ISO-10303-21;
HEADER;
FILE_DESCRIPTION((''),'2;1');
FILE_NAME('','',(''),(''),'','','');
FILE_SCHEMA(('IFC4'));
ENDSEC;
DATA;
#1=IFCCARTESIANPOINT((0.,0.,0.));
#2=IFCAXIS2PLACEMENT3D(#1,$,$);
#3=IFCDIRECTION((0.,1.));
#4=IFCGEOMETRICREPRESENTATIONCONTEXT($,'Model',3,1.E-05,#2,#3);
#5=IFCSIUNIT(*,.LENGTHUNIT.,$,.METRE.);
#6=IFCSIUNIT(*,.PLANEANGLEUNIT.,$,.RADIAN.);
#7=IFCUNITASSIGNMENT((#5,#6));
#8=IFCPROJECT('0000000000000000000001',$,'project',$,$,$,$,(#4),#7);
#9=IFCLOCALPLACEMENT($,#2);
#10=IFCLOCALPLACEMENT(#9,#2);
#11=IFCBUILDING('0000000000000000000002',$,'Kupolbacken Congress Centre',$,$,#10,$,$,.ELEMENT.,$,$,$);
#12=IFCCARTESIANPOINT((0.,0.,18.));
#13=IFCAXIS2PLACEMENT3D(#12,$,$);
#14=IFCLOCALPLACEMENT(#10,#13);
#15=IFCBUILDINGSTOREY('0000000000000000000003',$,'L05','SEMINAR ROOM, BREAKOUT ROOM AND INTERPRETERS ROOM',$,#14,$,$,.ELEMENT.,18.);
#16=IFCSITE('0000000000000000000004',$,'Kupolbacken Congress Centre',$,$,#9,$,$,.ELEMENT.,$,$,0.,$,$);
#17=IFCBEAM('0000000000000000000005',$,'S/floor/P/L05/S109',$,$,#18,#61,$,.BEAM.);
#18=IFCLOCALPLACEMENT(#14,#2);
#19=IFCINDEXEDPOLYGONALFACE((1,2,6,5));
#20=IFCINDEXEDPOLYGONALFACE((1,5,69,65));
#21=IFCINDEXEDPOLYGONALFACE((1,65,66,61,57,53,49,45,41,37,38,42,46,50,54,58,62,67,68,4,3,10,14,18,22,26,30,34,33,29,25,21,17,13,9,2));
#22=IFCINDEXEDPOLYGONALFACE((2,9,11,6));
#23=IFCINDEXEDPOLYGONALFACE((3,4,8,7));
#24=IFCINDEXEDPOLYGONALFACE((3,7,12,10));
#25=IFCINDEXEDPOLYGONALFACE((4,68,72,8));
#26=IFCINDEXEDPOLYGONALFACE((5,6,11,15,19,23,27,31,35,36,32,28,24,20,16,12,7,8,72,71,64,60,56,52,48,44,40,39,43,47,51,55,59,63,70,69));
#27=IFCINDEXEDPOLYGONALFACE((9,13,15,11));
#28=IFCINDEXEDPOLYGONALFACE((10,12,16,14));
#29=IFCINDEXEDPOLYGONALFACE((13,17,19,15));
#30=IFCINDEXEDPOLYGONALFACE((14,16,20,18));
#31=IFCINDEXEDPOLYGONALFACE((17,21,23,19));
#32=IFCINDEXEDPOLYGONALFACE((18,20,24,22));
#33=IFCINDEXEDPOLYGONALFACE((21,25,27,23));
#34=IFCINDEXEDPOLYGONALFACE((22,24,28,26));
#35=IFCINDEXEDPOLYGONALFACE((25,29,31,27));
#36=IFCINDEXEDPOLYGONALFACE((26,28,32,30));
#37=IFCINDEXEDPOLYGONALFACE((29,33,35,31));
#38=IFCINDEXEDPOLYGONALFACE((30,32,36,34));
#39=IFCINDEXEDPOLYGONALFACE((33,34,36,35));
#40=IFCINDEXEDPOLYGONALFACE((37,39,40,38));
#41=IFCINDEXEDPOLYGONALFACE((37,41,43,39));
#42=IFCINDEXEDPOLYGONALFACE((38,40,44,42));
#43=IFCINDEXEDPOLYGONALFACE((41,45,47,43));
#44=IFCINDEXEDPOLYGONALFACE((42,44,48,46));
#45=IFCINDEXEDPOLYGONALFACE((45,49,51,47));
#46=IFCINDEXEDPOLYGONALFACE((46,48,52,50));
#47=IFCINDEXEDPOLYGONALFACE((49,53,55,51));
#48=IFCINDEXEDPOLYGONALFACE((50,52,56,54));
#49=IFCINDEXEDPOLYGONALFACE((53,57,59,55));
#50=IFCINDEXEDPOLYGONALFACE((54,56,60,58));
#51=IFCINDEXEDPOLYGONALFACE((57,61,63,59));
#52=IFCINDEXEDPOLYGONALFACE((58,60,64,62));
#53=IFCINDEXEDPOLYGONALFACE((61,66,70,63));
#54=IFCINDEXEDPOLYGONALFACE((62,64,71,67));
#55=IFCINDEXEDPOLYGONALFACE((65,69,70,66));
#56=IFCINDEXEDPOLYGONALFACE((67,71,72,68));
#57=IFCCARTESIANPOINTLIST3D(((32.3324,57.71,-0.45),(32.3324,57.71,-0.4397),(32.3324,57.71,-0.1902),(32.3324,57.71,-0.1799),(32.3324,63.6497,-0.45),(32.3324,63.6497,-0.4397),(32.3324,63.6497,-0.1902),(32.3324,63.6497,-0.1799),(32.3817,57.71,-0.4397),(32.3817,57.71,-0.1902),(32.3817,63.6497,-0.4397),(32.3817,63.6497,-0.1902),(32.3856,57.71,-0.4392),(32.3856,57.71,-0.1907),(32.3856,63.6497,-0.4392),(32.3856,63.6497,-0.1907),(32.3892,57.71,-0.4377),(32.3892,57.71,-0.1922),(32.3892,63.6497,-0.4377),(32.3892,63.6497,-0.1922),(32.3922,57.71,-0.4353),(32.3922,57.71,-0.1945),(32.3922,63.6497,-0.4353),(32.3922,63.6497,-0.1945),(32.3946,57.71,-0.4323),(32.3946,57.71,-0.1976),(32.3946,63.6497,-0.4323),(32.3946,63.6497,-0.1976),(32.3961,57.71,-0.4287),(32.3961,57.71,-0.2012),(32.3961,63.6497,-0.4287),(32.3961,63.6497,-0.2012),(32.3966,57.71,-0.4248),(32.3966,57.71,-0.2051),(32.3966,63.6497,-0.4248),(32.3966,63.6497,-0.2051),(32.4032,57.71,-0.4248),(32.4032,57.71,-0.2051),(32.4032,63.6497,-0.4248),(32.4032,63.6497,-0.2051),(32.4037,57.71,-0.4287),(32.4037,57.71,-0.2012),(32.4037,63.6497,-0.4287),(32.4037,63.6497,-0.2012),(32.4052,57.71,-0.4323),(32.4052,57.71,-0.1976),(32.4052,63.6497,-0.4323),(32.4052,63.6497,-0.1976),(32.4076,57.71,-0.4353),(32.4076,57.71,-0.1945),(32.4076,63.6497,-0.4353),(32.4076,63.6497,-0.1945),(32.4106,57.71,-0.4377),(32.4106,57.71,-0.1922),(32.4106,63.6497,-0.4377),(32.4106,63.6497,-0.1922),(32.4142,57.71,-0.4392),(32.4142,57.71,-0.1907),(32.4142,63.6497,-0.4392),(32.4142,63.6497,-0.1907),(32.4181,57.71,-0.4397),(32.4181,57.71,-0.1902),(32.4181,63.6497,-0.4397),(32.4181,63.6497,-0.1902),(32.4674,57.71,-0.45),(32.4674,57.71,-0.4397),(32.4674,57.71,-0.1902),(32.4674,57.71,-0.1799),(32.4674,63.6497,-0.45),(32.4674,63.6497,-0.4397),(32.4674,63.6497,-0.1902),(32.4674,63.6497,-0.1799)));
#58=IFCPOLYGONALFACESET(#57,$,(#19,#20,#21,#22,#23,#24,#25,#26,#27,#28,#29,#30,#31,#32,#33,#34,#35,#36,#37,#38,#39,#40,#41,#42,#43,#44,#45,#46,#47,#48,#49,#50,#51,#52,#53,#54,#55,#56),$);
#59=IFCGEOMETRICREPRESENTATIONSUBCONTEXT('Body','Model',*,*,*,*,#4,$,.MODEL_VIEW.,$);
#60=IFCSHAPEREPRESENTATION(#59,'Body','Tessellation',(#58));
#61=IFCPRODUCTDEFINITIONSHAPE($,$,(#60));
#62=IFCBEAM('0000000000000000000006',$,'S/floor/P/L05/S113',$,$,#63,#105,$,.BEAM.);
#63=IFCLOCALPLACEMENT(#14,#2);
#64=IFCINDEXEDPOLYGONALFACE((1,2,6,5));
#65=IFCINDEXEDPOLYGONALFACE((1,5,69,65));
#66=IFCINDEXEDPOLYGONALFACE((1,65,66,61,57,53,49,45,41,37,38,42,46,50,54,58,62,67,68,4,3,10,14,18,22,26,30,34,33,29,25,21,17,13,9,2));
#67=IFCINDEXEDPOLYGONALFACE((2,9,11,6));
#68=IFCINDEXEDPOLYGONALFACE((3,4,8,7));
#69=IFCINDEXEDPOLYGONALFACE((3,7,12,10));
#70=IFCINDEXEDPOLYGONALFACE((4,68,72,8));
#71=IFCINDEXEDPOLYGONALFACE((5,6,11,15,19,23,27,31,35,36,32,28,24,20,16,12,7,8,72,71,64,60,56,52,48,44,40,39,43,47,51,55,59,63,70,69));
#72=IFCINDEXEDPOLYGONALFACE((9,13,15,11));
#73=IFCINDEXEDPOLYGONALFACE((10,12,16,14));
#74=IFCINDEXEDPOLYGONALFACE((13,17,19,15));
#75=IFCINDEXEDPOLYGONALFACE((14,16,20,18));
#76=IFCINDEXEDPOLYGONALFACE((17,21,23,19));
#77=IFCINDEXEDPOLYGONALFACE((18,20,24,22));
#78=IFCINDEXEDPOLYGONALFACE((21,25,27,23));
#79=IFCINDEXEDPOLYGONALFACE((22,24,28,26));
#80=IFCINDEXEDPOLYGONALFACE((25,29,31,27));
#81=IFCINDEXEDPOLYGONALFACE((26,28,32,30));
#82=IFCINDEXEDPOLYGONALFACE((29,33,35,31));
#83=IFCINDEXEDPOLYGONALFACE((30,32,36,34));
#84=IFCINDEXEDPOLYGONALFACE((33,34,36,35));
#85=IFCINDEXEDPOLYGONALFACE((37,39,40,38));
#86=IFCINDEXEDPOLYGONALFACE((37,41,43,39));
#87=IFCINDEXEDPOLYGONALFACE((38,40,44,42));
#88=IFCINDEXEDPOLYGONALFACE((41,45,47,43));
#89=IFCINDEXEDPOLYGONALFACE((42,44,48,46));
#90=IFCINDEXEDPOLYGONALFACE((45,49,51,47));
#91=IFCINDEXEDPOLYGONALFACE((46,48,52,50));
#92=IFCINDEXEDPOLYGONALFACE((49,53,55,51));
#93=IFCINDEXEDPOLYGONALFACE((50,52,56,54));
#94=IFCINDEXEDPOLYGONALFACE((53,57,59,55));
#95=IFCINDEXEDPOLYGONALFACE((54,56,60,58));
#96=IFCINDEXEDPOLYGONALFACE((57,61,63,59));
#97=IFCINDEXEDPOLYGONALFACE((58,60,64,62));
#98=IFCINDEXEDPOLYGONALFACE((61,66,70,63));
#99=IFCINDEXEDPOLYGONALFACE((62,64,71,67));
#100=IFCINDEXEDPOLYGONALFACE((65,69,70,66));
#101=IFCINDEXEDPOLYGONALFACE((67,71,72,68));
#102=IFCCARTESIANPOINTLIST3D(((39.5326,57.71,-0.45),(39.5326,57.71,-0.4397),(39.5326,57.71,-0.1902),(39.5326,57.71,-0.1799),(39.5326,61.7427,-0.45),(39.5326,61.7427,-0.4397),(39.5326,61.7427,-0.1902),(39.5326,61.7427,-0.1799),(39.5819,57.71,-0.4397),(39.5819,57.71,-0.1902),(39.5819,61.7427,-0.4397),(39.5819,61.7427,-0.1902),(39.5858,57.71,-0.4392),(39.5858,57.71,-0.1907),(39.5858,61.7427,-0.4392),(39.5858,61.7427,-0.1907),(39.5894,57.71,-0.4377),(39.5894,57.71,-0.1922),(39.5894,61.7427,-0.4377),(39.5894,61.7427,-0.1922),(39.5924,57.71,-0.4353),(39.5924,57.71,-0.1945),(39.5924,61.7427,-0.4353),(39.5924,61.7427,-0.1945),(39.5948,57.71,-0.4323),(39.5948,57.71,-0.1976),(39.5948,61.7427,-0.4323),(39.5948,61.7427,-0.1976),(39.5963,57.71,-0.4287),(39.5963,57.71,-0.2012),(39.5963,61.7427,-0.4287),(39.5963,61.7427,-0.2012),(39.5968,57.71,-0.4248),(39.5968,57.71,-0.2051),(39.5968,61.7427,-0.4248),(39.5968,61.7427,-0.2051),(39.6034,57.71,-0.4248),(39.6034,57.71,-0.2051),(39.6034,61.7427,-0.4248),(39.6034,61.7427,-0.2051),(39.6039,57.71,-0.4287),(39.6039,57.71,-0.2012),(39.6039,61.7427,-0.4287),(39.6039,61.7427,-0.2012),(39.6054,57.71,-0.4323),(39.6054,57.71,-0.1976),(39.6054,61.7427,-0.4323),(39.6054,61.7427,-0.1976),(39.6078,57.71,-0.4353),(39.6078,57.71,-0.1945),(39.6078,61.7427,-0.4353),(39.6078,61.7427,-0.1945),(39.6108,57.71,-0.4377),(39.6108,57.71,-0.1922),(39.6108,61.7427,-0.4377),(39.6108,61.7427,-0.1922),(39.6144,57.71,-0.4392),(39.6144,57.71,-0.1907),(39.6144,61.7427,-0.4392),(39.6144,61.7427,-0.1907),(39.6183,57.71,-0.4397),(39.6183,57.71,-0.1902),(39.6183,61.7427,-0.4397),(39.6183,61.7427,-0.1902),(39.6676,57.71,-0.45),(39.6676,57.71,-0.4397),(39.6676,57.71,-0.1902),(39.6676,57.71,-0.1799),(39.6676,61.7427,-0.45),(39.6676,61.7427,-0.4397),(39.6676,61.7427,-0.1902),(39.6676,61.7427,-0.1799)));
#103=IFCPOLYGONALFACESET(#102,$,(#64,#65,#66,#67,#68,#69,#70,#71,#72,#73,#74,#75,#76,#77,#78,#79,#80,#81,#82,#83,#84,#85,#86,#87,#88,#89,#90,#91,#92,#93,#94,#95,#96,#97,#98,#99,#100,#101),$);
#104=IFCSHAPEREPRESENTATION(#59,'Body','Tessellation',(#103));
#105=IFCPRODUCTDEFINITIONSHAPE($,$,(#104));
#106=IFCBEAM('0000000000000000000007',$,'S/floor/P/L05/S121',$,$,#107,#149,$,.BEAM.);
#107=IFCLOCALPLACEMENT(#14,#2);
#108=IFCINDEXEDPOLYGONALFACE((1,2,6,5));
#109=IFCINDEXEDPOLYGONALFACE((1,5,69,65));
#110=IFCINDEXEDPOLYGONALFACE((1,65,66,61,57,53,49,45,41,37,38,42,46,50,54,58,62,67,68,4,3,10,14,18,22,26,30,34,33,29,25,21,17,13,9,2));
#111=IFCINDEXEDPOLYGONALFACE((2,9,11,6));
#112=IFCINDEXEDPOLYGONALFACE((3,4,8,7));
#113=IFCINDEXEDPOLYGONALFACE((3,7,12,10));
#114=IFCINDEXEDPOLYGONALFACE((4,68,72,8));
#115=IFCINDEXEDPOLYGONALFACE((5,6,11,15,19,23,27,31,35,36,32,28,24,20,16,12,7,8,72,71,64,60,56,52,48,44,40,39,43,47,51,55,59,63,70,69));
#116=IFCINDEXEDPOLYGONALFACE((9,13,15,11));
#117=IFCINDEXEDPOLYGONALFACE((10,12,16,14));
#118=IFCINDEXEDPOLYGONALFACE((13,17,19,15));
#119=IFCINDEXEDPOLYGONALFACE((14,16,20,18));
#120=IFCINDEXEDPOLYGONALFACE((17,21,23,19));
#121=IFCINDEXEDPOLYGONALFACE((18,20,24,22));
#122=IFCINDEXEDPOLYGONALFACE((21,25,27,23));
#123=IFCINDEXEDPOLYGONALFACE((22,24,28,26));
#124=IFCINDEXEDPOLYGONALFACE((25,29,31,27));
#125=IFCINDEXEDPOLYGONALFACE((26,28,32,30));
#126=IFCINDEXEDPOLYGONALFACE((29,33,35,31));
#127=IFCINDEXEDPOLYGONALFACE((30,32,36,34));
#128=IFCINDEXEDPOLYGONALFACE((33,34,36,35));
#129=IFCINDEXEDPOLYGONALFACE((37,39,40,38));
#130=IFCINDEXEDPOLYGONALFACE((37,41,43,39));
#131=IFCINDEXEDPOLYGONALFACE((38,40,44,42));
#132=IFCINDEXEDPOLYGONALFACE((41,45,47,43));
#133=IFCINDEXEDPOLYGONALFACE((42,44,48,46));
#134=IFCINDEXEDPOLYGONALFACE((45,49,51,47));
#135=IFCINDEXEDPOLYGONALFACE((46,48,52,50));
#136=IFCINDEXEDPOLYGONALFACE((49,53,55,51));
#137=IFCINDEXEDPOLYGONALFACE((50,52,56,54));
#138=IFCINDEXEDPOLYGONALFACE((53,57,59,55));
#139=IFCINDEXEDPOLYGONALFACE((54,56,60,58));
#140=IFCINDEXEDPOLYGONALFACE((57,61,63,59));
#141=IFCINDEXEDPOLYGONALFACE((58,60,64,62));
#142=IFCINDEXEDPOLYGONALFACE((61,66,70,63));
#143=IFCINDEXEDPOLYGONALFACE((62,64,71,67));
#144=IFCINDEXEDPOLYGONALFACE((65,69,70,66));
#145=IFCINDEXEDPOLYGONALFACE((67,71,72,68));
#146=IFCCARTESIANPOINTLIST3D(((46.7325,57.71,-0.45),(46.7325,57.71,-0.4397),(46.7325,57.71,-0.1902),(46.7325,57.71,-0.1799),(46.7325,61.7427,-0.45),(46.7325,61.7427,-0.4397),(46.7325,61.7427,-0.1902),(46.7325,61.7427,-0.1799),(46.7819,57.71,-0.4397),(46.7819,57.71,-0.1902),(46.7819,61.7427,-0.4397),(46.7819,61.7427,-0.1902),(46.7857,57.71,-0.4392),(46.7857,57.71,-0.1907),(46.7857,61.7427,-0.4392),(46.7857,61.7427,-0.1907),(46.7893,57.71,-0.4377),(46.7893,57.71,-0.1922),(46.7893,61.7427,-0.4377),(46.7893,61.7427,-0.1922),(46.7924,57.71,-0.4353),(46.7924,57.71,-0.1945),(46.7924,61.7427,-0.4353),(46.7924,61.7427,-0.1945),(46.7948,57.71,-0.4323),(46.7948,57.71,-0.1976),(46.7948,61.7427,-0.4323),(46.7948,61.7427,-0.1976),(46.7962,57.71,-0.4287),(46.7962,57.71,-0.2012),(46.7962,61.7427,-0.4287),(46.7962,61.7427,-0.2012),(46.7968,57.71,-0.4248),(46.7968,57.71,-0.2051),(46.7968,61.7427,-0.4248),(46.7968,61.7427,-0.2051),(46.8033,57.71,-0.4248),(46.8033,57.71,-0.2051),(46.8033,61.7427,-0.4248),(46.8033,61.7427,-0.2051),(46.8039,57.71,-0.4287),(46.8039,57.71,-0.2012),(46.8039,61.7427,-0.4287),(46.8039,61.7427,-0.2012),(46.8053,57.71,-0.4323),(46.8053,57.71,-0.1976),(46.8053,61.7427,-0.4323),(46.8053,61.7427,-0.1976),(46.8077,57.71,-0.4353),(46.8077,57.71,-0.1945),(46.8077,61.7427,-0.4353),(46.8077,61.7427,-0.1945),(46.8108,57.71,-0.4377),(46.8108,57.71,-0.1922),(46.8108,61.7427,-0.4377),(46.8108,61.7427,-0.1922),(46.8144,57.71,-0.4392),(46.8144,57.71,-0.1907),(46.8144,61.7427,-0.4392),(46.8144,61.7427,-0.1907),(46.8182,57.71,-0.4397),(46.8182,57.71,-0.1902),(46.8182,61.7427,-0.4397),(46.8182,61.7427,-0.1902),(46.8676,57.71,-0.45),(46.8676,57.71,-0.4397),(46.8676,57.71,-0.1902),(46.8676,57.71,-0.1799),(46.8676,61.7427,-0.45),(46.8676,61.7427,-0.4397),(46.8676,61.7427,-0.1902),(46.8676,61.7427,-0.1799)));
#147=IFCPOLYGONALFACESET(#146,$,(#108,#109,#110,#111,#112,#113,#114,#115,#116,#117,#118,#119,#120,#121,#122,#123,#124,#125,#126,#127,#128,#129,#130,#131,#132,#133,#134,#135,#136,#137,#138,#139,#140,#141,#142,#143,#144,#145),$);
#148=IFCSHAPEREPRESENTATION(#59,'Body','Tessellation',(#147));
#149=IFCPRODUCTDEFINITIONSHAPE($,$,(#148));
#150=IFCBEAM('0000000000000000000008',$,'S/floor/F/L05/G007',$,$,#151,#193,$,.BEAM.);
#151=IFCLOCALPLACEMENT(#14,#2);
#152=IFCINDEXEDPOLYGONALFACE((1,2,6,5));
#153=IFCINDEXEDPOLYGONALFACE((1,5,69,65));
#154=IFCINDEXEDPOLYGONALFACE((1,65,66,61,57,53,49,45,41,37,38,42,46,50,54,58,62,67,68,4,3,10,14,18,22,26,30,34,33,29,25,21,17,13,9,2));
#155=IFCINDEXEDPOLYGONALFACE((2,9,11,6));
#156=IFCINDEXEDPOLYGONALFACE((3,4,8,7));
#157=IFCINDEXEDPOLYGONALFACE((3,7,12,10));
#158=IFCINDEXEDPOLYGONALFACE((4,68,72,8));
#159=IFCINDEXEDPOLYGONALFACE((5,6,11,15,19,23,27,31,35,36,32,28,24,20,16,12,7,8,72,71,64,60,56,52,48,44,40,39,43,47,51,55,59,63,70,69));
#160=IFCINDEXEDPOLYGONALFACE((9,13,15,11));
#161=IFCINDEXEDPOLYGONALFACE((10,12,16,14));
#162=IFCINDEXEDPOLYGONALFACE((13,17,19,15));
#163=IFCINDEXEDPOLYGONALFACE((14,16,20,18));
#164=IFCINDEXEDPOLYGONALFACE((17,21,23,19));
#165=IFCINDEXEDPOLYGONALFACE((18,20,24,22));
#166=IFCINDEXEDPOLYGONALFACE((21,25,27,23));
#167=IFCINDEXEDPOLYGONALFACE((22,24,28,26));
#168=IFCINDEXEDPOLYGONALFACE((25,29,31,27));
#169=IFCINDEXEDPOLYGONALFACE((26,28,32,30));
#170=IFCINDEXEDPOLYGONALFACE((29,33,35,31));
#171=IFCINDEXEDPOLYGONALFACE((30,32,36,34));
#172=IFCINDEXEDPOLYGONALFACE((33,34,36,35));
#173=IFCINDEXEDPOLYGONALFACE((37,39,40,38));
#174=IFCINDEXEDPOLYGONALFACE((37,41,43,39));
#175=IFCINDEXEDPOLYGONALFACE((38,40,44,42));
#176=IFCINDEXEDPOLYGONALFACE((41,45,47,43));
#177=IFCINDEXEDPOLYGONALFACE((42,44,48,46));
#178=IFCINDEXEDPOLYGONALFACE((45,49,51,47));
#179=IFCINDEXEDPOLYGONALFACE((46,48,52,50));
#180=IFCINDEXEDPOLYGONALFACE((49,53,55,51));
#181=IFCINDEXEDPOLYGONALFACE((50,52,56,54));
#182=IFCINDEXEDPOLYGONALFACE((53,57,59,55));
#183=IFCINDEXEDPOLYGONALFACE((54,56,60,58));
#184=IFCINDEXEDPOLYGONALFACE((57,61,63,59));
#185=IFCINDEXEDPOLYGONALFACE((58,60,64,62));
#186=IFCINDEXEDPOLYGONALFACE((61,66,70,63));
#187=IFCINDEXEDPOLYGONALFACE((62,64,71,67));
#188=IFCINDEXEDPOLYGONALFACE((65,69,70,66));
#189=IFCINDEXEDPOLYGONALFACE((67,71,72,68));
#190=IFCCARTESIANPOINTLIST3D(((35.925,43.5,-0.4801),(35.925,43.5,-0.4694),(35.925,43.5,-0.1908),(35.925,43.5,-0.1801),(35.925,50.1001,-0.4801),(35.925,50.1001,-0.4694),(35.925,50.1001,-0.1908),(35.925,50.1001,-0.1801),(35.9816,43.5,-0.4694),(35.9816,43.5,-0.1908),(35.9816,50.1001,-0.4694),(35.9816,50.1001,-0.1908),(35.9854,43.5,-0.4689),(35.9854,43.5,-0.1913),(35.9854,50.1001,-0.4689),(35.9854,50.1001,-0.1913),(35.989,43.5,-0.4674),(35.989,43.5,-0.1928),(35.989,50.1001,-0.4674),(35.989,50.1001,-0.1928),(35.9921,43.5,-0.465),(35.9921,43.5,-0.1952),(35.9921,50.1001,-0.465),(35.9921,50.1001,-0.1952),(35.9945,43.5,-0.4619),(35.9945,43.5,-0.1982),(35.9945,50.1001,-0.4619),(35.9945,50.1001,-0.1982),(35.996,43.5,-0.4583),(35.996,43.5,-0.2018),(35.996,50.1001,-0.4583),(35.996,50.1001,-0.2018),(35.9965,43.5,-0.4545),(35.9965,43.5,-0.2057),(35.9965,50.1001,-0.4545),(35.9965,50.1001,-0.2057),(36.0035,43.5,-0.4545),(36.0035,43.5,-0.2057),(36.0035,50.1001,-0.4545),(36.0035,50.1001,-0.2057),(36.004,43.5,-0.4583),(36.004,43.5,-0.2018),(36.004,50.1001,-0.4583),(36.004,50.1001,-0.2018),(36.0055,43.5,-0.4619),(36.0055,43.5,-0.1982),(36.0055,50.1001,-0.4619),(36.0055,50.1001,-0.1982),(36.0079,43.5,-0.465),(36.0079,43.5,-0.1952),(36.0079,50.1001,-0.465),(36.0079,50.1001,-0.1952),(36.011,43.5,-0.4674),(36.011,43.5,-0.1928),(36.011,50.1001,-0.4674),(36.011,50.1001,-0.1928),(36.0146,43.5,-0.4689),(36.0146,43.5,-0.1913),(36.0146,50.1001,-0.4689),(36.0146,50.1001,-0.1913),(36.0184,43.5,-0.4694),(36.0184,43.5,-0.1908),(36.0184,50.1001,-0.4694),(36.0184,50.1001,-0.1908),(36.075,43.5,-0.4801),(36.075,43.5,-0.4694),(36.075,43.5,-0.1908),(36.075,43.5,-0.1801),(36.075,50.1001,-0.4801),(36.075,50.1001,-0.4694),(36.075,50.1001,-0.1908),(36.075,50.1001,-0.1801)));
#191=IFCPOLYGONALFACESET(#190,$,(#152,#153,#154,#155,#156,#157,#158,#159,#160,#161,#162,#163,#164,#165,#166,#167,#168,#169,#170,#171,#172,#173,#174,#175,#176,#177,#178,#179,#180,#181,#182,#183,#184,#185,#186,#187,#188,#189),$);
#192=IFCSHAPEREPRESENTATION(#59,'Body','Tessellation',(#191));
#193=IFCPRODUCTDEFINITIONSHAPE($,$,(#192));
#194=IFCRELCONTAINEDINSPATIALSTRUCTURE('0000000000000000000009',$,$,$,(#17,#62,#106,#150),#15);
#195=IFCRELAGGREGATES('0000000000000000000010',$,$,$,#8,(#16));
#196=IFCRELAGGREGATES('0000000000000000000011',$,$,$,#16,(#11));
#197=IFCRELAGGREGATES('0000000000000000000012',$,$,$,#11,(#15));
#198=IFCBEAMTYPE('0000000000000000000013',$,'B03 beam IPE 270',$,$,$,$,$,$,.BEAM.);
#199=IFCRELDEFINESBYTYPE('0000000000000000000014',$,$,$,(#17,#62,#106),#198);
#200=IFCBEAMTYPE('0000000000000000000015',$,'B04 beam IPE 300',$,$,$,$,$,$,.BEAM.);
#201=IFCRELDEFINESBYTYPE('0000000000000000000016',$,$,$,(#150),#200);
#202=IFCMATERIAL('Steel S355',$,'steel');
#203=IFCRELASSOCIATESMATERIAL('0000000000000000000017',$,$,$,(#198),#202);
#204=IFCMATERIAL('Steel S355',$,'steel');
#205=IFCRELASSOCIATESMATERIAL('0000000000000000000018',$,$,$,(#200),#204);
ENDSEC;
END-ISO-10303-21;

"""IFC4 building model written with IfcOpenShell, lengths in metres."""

from ifc_helpers import new_model, si_unit, direction, frame, origin, origin_2d, place, context, subcontext, project, spatial, i_section, extrude, material, material_profile, profile_set, type_object, element, save


model = new_model("IFC4")

# Units and contexts
model_context = context("Model", 3, precision=1e-05, world=origin(), true_north=direction((0.0, 1.0)))
body_context = subcontext(model_context, "Body", "Model", "MODEL_VIEW")
ifc_project = project(units=[si_unit("LENGTHUNIT", "METRE"), si_unit("PLANEANGLEUNIT", "RADIAN")], contexts=[model_context])

# Site, building, storey
site_placement = place(None, origin())
site = spatial("IfcSite", under=ifc_project, at=site_placement, Name="Kupolbacken Congress Centre", CompositionType="ELEMENT", RefElevation=0.0)
building_placement = place(site_placement, origin())
building = spatial("IfcBuilding", under=site, at=building_placement, Name="Kupolbacken Congress Centre", CompositionType="ELEMENT")
storey_placement = place(building_placement, frame((0.0, 0.0, 18.0)))
storey = spatial("IfcBuildingStorey", under=building, at=storey_placement, Name="L05", Description="SEMINAR ROOM, BREAKOUT ROOM AND INTERPRETERS ROOM", CompositionType="ELEMENT", Elevation=18.0)

# Beams
ifc_material_1 = material(Name="Steel S355", Category="steel")
ifc_material_profile_1 = material_profile(ifc_material_1, i_section(OverallWidth=0.135, OverallDepth=0.27, WebThickness=0.0066, FlangeThickness=0.0103, FilletRadius=0.0149, at=origin_2d()), Name="IPE 270")
ifc_profile_set_1 = profile_set([ifc_material_profile_1], Name="Steel S355")
beam_type_1 = type_object("IfcBeamType", Name="B03 beam IPE 270", PredefinedType="BEAM", material=ifc_profile_set_1)
beam_1_placement = place(storey_placement, frame((32.3999, 57.71, -0.3149), z_axis=(0.0, 1.0, 0.0), x_axis=(-1.0, 0.0, 0.0)))
element("IfcBeam", 1, at=beam_1_placement, inside=storey, type_object=beam_type_1, Name="S/floor/P/L05/S109", PredefinedType="BEAM", context=body_context, shape_type="SweptSolid", body=[
    extrude(i_section(OverallWidth=0.135, OverallDepth=0.27, WebThickness=0.0066, FlangeThickness=0.0103, FilletRadius=0.0149, at=origin_2d()), origin(), (0.0, 0.0, 1.0), 5.9397),
])
for number, where, z_axis, x_axis, name in (
    (2, (39.6001, 57.71, -0.3149), (0.0, 1.0, 0.0), (-1.0, 0.0, 0.0), "S/floor/P/L05/S113"),
    (3, (46.8, 57.71, -0.3149), (0.0, 1.0, 0.0), (-1.0, 0.0, 0.0), "S/floor/P/L05/S121"),
):
    element("IfcBeam", number, at=place(storey_placement, frame(where, z_axis=z_axis, x_axis=x_axis)), inside=storey, type_object=beam_type_1, Name=name, PredefinedType="BEAM", context=body_context, shape_type="SweptSolid", body=[
        extrude(i_section(OverallWidth=0.135, OverallDepth=0.27, WebThickness=0.0066, FlangeThickness=0.0103, FilletRadius=0.0149, at=origin_2d()), origin(), (0.0, 0.0, 1.0), 4.0327),
    ])
ifc_material_2 = material(Name="Steel S355", Category="steel")
ifc_material_profile_2 = material_profile(ifc_material_2, i_section(OverallWidth=0.1499, OverallDepth=0.3, WebThickness=0.0071, FlangeThickness=0.0107, FilletRadius=0.0149, at=origin_2d()), Name="IPE 300")
ifc_profile_set_2 = profile_set([ifc_material_profile_2], Name="Steel S355")
beam_type_2 = type_object("IfcBeamType", Name="B04 beam IPE 300", PredefinedType="BEAM", material=ifc_profile_set_2)
beam_2_placement = place(storey_placement, frame((36.0, 43.5, -0.3301), z_axis=(0.0, 1.0, 0.0), x_axis=(-1.0, 0.0, 0.0)))
element("IfcBeam", 4, at=beam_2_placement, inside=storey, type_object=beam_type_2, Name="S/floor/F/L05/G007", PredefinedType="BEAM", context=body_context, shape_type="SweptSolid", body=[
    extrude(i_section(OverallWidth=0.1499, OverallDepth=0.3, WebThickness=0.0071, FlangeThickness=0.0107, FilletRadius=0.0149, at=origin_2d()), origin(), (0.0, 0.0, 1.0), 6.6001),
])

save(model, "model.ifc")
